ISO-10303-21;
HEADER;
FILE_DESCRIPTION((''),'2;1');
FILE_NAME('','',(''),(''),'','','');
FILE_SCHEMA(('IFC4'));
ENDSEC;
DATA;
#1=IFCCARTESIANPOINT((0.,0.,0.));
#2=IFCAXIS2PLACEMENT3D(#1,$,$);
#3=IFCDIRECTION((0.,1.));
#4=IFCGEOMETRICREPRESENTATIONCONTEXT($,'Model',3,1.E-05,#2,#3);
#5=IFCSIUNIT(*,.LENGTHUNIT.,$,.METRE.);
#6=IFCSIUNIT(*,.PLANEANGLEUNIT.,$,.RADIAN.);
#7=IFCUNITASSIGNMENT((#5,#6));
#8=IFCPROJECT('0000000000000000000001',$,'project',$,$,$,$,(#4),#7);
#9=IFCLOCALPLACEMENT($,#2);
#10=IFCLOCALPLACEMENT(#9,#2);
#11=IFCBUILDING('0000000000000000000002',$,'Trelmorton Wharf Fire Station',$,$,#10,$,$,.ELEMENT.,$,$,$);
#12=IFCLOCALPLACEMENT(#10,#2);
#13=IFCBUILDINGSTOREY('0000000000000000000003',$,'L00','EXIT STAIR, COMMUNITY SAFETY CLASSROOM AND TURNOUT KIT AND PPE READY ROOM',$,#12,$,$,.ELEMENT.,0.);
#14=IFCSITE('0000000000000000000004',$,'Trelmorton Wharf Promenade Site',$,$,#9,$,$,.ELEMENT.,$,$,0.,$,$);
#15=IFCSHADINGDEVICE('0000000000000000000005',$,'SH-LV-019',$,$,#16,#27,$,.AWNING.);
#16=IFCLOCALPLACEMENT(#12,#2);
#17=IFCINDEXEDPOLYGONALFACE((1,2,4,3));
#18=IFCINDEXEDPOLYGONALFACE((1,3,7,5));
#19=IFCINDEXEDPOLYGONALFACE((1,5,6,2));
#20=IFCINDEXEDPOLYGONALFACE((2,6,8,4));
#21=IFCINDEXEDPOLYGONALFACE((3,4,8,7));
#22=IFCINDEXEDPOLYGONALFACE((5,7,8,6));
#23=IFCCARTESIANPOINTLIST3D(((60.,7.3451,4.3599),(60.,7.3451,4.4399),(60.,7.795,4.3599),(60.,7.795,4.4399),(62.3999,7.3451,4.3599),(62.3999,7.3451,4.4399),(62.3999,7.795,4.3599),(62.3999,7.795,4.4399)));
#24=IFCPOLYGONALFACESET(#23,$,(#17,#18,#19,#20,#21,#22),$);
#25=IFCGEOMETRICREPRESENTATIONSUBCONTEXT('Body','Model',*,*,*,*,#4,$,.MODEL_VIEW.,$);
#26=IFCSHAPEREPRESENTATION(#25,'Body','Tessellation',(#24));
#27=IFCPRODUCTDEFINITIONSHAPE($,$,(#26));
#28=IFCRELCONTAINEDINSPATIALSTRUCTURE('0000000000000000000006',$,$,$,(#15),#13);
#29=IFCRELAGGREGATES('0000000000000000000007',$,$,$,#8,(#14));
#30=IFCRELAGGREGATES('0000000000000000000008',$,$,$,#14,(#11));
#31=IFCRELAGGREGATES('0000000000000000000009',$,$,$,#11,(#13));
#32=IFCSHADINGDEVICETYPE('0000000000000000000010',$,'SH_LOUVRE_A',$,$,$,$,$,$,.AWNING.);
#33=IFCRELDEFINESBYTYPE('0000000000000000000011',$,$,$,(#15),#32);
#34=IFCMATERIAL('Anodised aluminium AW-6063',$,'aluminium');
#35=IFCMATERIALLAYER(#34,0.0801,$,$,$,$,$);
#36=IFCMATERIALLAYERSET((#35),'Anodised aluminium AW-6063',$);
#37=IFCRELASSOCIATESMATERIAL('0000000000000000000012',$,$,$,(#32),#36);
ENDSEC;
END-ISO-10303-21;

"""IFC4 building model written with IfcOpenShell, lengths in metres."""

from ifc_helpers import new_model, si_unit, direction, frame, origin, origin_2d, place, context, subcontext, project, spatial, rectangle, extrude, material, layer, layer_set, type_object, element, save


model = new_model("IFC4")

# Units and contexts
model_context = context("Model", 3, precision=1e-05, world=origin(), true_north=direction((0.0, 1.0)))
body_context = subcontext(model_context, "Body", "Model", "MODEL_VIEW")
ifc_project = project(units=[si_unit("LENGTHUNIT", "METRE"), si_unit("PLANEANGLEUNIT", "RADIAN")], contexts=[model_context])

# Site, building, storey
site_placement = place(None, origin())
site = spatial("IfcSite", under=ifc_project, at=site_placement, Name="Trelmorton Wharf Promenade Site", CompositionType="ELEMENT", RefElevation=0.0)
building_placement = place(site_placement, origin())
building = spatial("IfcBuilding", under=site, at=building_placement, Name="Trelmorton Wharf Fire Station", CompositionType="ELEMENT")
storey_placement = place(building_placement, origin())
storey = spatial("IfcBuildingStorey", under=building, at=storey_placement, Name="L00", Description="EXIT STAIR, COMMUNITY SAFETY CLASSROOM AND TURNOUT KIT AND PPE READY ROOM", CompositionType="ELEMENT", Elevation=0.0)

# Shared definitions
ifc_material_1 = material(Name="Anodised aluminium AW-6063", Category="aluminium")

# Shading device
ifc_layer_1 = layer(ifc_material_1, 0.0801)
ifc_layer_set_1 = layer_set([ifc_layer_1], Name="Anodised aluminium AW-6063")
shading_device_type = type_object("IfcShadingDeviceType", Name="SH_LOUVRE_A", PredefinedType="AWNING", material=ifc_layer_set_1)
shading_device_placement = place(storey_placement, frame((61.2, 7.5701, 4.3599), z_axis=(0.0, 0.0, 1.0), x_axis=(-1.0, 0.0, 0.0)))
element("IfcShadingDevice", 1, at=shading_device_placement, inside=storey, type_object=shading_device_type, Name="SH-LV-019", PredefinedType="AWNING", context=body_context, shape_type="SweptSolid", body=[
    extrude(rectangle(XDim=2.3999, YDim=0.45, at=origin_2d()), origin(), (0.0, 0.0, 1.0), 0.0801),
])

save(model, "model.ifc")
